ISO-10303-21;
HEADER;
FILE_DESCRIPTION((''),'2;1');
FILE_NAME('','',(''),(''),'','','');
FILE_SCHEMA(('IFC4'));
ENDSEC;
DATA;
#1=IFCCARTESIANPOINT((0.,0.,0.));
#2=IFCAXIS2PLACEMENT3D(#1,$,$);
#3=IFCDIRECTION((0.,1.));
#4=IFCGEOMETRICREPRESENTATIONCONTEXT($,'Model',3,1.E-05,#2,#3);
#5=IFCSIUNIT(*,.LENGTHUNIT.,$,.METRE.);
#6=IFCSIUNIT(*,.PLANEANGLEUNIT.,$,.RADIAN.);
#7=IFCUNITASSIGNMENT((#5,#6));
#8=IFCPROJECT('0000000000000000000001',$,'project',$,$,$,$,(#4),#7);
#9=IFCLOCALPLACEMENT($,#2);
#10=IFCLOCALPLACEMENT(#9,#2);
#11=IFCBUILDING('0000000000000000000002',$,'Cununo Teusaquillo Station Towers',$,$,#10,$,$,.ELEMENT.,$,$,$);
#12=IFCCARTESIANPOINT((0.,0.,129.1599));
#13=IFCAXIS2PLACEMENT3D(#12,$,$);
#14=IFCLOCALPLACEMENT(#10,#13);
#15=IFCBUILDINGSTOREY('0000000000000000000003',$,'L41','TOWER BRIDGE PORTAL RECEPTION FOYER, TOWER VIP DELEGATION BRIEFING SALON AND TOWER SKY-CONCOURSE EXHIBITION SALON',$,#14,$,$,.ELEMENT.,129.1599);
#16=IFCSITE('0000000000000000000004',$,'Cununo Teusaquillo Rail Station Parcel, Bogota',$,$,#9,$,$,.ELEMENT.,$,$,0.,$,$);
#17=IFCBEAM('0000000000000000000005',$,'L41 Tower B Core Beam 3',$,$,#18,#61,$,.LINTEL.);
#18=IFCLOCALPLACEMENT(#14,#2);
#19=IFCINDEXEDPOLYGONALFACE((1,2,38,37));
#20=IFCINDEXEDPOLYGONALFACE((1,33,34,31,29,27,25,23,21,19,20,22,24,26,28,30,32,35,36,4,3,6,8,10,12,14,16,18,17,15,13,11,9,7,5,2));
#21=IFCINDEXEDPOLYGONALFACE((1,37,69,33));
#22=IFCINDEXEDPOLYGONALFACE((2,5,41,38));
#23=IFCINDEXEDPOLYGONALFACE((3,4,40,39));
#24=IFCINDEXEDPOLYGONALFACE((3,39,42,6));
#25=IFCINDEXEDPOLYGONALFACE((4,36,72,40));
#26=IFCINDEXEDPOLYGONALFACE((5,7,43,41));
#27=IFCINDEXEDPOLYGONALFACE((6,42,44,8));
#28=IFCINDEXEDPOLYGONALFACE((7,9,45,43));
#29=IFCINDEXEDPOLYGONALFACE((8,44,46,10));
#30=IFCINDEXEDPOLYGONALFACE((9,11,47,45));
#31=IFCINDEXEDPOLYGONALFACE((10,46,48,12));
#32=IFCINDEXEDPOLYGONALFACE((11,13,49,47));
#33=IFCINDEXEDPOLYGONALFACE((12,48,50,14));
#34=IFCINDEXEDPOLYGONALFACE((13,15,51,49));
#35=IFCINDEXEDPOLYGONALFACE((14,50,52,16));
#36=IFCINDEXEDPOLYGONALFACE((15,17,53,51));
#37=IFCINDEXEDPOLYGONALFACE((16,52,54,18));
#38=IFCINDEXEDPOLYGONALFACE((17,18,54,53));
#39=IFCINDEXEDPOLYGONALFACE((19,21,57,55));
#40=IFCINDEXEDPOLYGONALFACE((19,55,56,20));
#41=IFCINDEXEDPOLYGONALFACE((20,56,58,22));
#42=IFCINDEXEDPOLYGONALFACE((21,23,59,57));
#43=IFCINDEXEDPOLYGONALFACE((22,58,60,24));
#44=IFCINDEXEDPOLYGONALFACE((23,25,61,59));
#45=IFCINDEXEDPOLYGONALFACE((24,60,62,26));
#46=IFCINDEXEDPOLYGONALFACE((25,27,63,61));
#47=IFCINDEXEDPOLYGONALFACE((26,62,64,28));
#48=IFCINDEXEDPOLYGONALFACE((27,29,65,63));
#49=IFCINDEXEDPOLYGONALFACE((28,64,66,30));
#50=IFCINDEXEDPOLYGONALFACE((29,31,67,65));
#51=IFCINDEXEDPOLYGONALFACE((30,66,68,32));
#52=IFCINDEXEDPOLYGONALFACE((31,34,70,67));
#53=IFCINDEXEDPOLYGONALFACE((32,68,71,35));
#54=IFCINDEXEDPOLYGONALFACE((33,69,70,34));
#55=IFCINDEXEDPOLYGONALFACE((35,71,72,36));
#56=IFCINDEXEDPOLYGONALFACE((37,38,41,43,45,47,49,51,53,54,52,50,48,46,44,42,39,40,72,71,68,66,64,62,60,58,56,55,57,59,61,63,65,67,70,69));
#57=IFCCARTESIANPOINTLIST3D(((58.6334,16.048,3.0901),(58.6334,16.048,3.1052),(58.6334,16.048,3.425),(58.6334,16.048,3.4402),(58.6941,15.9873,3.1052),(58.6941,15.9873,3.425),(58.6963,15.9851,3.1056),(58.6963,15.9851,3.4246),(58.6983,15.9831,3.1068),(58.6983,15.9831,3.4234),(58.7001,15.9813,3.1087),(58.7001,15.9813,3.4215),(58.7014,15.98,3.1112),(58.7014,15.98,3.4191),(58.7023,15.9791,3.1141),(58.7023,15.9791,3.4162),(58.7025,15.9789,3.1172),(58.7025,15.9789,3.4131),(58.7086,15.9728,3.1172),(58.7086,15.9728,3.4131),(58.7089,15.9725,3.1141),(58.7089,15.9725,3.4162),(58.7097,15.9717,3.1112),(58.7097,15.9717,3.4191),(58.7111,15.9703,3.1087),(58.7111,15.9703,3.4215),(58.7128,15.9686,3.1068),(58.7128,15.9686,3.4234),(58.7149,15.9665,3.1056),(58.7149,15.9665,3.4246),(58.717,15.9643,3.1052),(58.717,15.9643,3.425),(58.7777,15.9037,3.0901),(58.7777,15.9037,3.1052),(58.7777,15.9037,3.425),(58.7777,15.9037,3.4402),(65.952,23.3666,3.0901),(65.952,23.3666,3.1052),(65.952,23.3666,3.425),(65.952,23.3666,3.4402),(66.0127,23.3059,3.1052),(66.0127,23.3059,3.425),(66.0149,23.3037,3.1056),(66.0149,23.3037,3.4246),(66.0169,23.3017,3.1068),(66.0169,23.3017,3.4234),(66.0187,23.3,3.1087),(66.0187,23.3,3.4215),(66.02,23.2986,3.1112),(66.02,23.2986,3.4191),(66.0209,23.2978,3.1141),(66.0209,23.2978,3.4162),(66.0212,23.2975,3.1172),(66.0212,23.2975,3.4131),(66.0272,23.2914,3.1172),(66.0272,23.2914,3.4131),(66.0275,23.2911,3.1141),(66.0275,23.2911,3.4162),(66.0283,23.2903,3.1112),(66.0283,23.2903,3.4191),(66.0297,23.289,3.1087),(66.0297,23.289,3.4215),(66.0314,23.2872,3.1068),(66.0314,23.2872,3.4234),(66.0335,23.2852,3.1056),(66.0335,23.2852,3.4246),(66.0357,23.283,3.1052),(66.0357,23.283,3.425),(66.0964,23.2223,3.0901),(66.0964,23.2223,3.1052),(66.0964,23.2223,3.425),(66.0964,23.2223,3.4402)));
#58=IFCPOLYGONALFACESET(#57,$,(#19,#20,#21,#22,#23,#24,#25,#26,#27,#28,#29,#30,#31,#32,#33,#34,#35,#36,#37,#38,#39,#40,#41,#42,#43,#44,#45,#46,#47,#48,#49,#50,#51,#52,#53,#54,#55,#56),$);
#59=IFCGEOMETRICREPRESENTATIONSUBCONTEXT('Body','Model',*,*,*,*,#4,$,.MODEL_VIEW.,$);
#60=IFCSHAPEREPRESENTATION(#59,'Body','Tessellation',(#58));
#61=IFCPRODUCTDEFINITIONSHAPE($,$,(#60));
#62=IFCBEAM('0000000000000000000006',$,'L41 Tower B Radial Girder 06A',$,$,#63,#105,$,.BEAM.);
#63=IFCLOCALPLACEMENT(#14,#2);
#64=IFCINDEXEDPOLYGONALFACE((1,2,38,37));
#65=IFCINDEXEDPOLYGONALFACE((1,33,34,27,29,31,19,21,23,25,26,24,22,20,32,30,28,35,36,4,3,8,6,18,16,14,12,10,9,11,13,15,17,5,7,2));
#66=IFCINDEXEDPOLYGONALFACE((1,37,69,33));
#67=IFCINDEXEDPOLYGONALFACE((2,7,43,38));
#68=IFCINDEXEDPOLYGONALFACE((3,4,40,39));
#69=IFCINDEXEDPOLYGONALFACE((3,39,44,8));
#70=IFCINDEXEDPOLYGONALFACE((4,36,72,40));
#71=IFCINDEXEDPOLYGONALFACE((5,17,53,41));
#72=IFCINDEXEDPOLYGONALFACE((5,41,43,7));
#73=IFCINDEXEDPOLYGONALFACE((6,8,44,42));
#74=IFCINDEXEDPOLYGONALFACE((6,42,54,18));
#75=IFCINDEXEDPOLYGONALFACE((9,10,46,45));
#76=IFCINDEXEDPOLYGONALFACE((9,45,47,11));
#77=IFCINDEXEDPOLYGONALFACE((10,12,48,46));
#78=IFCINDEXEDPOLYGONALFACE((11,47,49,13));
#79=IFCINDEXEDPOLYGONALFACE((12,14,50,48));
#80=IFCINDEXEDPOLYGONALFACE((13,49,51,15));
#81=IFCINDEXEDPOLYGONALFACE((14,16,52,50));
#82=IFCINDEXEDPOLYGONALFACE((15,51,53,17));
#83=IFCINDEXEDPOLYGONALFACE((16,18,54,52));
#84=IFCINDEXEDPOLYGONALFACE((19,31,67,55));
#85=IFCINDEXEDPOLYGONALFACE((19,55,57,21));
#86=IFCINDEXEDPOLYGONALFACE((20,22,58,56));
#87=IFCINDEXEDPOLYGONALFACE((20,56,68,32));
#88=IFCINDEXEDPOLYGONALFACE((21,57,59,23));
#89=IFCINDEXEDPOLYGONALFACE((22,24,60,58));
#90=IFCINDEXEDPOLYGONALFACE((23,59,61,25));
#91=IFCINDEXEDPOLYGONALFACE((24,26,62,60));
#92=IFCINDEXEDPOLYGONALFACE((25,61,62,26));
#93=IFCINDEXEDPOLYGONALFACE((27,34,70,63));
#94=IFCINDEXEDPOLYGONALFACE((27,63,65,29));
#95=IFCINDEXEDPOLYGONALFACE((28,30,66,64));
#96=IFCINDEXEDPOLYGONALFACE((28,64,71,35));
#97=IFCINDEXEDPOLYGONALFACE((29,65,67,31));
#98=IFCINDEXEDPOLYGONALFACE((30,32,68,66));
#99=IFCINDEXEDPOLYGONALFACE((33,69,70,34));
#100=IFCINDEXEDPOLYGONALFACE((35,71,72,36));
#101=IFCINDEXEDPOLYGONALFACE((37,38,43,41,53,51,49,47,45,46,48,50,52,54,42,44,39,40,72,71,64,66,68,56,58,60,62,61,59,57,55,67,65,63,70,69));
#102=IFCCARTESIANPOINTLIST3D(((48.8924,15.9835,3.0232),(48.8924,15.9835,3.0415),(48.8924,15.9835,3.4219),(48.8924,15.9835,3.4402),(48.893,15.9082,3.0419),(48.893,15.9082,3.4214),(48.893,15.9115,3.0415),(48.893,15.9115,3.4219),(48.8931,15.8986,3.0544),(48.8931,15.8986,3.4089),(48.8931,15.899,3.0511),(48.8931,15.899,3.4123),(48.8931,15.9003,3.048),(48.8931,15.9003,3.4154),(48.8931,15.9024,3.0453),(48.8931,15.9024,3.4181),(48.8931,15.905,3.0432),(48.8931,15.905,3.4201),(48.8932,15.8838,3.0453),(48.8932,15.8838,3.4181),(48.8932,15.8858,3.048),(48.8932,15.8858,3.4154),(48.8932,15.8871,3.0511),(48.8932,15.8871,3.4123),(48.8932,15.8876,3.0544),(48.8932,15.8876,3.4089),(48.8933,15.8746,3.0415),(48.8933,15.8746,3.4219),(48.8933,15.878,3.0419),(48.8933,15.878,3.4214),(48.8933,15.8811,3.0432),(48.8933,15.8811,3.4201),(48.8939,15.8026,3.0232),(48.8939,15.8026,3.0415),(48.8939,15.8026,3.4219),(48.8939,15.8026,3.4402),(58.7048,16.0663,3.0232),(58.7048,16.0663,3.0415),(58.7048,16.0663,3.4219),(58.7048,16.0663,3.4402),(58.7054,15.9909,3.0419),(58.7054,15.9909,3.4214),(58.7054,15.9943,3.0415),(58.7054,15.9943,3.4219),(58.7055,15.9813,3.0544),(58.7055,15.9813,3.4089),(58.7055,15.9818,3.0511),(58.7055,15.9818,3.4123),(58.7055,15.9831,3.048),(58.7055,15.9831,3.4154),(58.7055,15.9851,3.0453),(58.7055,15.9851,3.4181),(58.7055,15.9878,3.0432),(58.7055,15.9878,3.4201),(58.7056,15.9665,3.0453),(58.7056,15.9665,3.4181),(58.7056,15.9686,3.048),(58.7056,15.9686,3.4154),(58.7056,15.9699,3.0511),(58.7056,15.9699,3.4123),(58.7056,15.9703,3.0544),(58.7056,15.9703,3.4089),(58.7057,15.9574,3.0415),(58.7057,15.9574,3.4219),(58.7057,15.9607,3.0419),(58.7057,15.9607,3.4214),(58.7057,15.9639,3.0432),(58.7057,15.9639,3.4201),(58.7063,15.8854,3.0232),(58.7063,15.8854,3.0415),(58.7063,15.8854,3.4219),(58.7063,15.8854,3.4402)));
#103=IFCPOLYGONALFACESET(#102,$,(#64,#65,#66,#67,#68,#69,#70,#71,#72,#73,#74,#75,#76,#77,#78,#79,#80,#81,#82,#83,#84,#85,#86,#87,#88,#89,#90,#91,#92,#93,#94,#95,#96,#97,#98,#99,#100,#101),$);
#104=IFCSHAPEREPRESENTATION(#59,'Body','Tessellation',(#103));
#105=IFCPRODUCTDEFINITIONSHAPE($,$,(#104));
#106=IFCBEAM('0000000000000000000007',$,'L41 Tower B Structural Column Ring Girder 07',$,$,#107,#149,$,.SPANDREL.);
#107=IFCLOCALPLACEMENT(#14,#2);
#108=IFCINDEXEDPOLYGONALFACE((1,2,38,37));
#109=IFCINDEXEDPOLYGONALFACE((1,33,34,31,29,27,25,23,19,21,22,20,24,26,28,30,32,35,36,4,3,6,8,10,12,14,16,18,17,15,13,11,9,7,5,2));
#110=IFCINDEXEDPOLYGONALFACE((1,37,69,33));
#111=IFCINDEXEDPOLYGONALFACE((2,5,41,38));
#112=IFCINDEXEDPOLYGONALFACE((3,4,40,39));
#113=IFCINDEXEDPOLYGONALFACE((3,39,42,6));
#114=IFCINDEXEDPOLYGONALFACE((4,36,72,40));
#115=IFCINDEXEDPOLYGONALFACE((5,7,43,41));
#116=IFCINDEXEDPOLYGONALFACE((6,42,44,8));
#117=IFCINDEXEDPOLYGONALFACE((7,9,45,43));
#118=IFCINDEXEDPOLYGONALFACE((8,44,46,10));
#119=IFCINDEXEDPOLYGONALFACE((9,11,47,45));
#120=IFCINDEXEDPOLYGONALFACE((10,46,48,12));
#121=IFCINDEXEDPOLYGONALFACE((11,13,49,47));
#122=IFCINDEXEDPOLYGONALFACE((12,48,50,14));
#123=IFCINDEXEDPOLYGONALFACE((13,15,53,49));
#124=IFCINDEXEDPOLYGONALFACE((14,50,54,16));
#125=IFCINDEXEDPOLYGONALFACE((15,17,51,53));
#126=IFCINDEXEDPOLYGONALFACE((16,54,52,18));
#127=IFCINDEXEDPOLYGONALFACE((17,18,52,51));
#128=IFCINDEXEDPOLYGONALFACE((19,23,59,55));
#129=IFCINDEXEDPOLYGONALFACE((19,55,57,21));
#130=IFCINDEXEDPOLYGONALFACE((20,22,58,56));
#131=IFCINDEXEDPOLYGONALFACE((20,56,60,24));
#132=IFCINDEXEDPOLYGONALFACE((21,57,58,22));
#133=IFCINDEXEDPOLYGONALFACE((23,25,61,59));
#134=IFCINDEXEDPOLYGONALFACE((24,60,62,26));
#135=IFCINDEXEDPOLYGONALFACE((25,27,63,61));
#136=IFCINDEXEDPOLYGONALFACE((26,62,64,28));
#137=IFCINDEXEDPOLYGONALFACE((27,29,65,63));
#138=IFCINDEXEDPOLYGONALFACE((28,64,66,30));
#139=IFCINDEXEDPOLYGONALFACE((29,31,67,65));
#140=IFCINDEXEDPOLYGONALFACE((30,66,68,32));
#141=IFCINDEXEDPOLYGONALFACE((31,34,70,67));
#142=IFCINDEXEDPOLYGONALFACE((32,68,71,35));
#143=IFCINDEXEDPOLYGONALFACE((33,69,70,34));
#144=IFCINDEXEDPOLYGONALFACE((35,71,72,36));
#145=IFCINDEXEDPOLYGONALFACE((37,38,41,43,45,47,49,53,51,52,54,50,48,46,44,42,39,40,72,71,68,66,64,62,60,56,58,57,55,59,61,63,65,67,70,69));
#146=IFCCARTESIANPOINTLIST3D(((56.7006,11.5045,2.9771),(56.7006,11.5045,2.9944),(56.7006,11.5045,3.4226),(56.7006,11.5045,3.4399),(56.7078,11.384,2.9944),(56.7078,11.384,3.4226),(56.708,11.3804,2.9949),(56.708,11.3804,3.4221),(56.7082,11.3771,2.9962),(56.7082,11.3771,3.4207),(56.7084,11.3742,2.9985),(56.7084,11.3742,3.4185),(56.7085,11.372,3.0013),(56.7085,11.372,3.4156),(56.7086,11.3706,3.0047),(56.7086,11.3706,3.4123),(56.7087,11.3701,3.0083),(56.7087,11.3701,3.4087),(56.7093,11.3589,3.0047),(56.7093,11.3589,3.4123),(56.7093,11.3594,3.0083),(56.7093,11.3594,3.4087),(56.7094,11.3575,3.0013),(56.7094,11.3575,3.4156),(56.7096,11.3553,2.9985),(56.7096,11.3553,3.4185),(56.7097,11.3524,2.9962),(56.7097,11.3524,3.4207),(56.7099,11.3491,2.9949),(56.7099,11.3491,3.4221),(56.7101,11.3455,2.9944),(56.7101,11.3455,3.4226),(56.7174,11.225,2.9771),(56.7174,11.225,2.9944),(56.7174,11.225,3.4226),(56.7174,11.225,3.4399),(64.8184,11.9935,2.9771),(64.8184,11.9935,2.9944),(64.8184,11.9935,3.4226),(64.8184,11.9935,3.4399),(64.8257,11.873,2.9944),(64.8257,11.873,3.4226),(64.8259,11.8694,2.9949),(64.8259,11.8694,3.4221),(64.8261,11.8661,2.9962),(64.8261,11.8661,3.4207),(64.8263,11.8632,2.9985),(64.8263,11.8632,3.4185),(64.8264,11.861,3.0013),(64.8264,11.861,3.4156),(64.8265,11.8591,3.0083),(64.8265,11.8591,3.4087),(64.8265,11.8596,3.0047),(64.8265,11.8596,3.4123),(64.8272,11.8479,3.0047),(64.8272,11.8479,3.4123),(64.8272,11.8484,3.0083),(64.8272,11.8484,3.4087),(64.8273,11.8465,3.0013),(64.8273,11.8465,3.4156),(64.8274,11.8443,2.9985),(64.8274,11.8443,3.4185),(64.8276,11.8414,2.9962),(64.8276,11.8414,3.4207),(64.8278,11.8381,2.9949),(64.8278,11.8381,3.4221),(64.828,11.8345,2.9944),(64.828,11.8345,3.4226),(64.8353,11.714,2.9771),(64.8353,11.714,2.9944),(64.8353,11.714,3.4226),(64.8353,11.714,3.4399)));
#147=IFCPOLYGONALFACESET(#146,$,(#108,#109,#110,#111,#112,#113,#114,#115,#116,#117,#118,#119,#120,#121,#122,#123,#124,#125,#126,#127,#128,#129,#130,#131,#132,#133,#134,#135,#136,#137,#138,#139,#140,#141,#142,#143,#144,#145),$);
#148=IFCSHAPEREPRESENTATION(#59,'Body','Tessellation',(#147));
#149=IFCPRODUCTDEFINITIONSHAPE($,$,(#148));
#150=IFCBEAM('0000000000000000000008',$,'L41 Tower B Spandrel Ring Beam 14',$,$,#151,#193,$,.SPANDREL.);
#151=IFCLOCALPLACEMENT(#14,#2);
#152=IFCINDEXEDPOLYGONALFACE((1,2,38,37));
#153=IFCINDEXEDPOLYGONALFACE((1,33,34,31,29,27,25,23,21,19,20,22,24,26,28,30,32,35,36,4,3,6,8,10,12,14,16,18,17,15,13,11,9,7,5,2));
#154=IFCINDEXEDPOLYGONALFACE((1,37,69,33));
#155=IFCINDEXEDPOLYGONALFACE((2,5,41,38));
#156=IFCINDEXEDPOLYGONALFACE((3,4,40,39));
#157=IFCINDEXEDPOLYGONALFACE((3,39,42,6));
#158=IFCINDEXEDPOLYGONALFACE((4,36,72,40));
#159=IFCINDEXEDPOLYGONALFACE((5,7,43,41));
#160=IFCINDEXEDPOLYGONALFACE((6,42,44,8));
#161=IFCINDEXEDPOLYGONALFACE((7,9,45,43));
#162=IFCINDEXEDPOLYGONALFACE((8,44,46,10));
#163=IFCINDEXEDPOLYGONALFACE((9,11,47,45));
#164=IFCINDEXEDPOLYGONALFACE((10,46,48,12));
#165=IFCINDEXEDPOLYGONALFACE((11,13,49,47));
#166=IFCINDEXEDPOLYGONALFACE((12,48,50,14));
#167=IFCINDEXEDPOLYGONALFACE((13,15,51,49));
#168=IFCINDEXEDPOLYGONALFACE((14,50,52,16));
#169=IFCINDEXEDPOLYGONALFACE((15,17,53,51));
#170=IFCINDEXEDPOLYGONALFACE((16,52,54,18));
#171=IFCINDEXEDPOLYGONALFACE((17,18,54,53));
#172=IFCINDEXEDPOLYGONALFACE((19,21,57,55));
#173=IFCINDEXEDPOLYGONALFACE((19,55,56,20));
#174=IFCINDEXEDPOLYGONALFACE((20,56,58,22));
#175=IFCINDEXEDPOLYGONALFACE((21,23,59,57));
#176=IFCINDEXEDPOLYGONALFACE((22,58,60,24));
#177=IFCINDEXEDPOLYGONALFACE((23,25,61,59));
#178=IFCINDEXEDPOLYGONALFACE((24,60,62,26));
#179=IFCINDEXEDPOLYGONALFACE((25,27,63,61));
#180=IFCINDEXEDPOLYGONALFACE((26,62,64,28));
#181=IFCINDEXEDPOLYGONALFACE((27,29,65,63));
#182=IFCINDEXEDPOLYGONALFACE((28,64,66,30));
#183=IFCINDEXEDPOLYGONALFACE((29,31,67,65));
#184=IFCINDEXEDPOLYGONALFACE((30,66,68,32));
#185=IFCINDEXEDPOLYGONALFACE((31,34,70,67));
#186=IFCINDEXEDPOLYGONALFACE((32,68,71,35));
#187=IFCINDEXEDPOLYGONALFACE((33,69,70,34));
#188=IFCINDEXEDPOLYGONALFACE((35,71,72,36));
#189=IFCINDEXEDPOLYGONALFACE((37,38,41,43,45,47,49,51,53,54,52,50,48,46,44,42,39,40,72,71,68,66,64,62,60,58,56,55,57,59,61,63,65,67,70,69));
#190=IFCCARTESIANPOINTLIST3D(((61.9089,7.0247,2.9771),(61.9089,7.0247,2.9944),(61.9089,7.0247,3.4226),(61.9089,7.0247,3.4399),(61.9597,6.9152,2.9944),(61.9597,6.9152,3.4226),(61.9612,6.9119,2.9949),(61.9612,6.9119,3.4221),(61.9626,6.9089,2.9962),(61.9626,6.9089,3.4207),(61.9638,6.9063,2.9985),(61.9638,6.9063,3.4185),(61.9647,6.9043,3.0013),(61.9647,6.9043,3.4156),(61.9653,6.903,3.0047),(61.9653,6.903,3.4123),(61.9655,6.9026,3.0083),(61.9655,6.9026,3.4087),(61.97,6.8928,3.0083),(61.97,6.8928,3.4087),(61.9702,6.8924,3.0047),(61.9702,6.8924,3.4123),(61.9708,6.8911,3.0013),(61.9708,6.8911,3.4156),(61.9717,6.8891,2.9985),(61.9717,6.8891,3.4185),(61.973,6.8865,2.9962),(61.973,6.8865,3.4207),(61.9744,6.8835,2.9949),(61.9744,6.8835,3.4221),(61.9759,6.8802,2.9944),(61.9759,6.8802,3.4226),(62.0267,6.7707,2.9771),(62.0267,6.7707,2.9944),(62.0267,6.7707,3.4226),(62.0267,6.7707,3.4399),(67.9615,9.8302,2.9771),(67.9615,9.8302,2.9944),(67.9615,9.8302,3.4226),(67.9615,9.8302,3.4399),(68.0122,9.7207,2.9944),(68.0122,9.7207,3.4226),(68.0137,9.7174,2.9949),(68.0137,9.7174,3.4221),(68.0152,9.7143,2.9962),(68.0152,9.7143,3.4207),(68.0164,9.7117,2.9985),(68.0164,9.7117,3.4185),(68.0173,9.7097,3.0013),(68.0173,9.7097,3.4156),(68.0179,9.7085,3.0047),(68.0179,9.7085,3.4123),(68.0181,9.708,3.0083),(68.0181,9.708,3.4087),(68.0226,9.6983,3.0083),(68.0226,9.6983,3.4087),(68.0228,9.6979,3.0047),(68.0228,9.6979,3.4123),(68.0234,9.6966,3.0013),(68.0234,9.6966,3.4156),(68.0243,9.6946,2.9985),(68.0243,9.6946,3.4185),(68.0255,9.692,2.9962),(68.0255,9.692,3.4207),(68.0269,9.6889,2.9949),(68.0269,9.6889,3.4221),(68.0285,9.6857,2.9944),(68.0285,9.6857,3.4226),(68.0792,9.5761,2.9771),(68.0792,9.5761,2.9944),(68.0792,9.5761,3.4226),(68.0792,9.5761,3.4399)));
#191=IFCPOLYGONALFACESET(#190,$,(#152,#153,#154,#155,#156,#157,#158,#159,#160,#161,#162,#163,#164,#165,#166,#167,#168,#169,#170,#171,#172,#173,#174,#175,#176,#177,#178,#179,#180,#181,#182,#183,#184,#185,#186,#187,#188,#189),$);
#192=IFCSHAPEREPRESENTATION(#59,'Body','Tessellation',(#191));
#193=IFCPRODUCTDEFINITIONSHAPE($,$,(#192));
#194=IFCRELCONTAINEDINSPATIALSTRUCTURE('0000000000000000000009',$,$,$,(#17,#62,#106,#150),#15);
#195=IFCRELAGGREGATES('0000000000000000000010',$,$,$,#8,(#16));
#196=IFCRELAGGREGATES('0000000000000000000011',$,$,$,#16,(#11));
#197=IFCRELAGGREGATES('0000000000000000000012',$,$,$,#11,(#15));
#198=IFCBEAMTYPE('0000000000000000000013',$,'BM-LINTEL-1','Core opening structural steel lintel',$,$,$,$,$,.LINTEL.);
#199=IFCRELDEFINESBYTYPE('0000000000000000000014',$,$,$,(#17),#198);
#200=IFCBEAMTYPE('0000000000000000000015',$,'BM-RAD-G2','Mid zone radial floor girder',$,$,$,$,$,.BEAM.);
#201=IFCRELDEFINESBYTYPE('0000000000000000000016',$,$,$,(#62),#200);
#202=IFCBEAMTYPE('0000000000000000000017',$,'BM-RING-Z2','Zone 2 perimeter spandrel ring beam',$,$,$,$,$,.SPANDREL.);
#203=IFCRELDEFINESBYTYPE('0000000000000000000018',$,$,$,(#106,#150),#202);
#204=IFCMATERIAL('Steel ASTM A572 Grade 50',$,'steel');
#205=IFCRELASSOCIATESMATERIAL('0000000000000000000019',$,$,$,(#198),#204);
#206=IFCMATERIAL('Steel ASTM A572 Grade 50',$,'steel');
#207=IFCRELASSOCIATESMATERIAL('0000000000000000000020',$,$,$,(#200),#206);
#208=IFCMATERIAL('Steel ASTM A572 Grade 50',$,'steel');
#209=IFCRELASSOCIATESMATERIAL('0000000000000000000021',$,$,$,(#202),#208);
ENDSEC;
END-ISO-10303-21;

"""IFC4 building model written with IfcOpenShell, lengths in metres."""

from ifc_helpers import new_model, si_unit, direction, frame, origin, origin_2d, place, context, subcontext, project, spatial, i_section, extrude, material, material_profile, profile_set, type_object, element, save


model = new_model("IFC4")

# Units and contexts
model_context = context("Model", 3, precision=1e-05, world=origin(), true_north=direction((0.0, 1.0)))
body_context = subcontext(model_context, "Body", "Model", "MODEL_VIEW")
ifc_project = project(units=[si_unit("LENGTHUNIT", "METRE"), si_unit("PLANEANGLEUNIT", "RADIAN")], contexts=[model_context])

# Site, building, storey
site_placement = place(None, origin())
site = spatial("IfcSite", under=ifc_project, at=site_placement, Name="Cununo Teusaquillo Rail Station Parcel, Bogota", CompositionType="ELEMENT", RefElevation=0.0)
building_placement = place(site_placement, origin())
building = spatial("IfcBuilding", under=site, at=building_placement, Name="Cununo Teusaquillo Station Towers", CompositionType="ELEMENT")
storey_placement = place(building_placement, frame((0.0, 0.0, 129.1599)))
storey = spatial("IfcBuildingStorey", under=building, at=storey_placement, Name="L41", Description="TOWER BRIDGE PORTAL RECEPTION FOYER, TOWER VIP DELEGATION BRIEFING SALON AND TOWER SKY-CONCOURSE EXHIBITION SALON", CompositionType="ELEMENT", Elevation=129.1599)

# Beams
ifc_material_1 = material(Name="Steel ASTM A572 Grade 50", Category="steel")
ifc_material_profile_1 = material_profile(ifc_material_1, i_section(OverallWidth=0.2041, OverallDepth=0.3501, WebThickness=0.0085, FlangeThickness=0.0151, FilletRadius=0.012, at=origin_2d()), Name="W14X48")
ifc_profile_set_1 = profile_set([ifc_material_profile_1], Name="Steel ASTM A572 Grade 50")
beam_type_1 = type_object("IfcBeamType", Name="BM-LINTEL-1", Description="Core opening structural steel lintel", PredefinedType="LINTEL", material=ifc_profile_set_1)
beam_1_placement = place(storey_placement, frame((58.7056, 15.9758, 3.2651), z_axis=(0.707107, 0.707107, 0.0), x_axis=(-0.707107, 0.707107, 0.0)))
element("IfcBeam", 1, at=beam_1_placement, inside=storey, type_object=beam_type_1, Name="L41 Tower B Core Beam 3", PredefinedType="LINTEL", context=body_context, shape_type="SweptSolid", body=[
    extrude(i_section(OverallWidth=0.2041, OverallDepth=0.3501, WebThickness=0.0085, FlangeThickness=0.0151, FilletRadius=0.012, at=origin_2d()), origin(), (0.0, 0.0, 1.0), 10.3501),
])
ifc_material_2 = material(Name="Steel ASTM A572 Grade 50", Category="steel")
ifc_material_profile_2 = material_profile(ifc_material_2, i_section(OverallWidth=0.1809, OverallDepth=0.417, WebThickness=0.011, FlangeThickness=0.0183, FilletRadius=0.0129, at=origin_2d()), Name="W16X57")
ifc_profile_set_2 = profile_set([ifc_material_profile_2], Name="Steel ASTM A572 Grade 50")
beam_type_2 = type_object("IfcBeamType", Name="BM-RAD-G2", Description="Mid zone radial floor girder", PredefinedType="BEAM", material=ifc_profile_set_2)
beam_2_placement = place(storey_placement, frame((58.7056, 15.9758, 3.2317), z_axis=(-0.999964, -0.008434, 0.0), x_axis=(0.008434, -0.999964, 0.0)))
element("IfcBeam", 2, at=beam_2_placement, inside=storey, type_object=beam_type_2, Name="L41 Tower B Radial Girder 06A", PredefinedType="BEAM", context=body_context, shape_type="SweptSolid", body=[
    extrude(i_section(OverallWidth=0.1809, OverallDepth=0.417, WebThickness=0.011, FlangeThickness=0.0183, FilletRadius=0.0129, at=origin_2d()), origin(), (0.0, 0.0, 1.0), 9.8127),
])
ifc_material_3 = material(Name="Steel ASTM A572 Grade 50", Category="steel")
ifc_material_profile_3 = material_profile(ifc_material_3, i_section(OverallWidth=0.28, OverallDepth=0.4629, WebThickness=0.0107, FlangeThickness=0.0173, FilletRadius=0.0139, at=origin_2d()), Name="W18X76")
ifc_profile_set_3 = profile_set([ifc_material_profile_3], Name="Steel ASTM A572 Grade 50")
beam_type_3 = type_object("IfcBeamType", Name="BM-RING-Z2", Description="Zone 2 perimeter spandrel ring beam", PredefinedType="SPANDREL", material=ifc_profile_set_3)
beam_3_placement = place(storey_placement, frame((56.709, 11.3647, 3.2085), z_axis=(0.998191, 0.06013, 0.0), x_axis=(-0.06013, 0.998191, 0.0)))
element("IfcBeam", 3, at=beam_3_placement, inside=storey, type_object=beam_type_3, Name="L41 Tower B Structural Column Ring Girder 07", PredefinedType="SPANDREL", context=body_context, shape_type="SweptSolid", body=[
    extrude(i_section(OverallWidth=0.28, OverallDepth=0.4629, WebThickness=0.0107, FlangeThickness=0.0173, FilletRadius=0.0139, at=origin_2d()), origin(), (0.0, 0.0, 1.0), 8.1326),
])
beam_4_placement = place(storey_placement, frame((61.9678, 6.8977, 3.2085), z_axis=(0.907276, 0.420536, 0.0), x_axis=(-0.420536, 0.907276, 0.0)))
element("IfcBeam", 4, at=beam_4_placement, inside=storey, type_object=beam_type_3, Name="L41 Tower B Spandrel Ring Beam 14", PredefinedType="SPANDREL", context=body_context, shape_type="SweptSolid", body=[
    extrude(i_section(OverallWidth=0.28, OverallDepth=0.4629, WebThickness=0.0107, FlangeThickness=0.0173, FilletRadius=0.0139, at=origin_2d()), origin(), (0.0, 0.0, 1.0), 6.6711),
])

save(model, "model.ifc")
